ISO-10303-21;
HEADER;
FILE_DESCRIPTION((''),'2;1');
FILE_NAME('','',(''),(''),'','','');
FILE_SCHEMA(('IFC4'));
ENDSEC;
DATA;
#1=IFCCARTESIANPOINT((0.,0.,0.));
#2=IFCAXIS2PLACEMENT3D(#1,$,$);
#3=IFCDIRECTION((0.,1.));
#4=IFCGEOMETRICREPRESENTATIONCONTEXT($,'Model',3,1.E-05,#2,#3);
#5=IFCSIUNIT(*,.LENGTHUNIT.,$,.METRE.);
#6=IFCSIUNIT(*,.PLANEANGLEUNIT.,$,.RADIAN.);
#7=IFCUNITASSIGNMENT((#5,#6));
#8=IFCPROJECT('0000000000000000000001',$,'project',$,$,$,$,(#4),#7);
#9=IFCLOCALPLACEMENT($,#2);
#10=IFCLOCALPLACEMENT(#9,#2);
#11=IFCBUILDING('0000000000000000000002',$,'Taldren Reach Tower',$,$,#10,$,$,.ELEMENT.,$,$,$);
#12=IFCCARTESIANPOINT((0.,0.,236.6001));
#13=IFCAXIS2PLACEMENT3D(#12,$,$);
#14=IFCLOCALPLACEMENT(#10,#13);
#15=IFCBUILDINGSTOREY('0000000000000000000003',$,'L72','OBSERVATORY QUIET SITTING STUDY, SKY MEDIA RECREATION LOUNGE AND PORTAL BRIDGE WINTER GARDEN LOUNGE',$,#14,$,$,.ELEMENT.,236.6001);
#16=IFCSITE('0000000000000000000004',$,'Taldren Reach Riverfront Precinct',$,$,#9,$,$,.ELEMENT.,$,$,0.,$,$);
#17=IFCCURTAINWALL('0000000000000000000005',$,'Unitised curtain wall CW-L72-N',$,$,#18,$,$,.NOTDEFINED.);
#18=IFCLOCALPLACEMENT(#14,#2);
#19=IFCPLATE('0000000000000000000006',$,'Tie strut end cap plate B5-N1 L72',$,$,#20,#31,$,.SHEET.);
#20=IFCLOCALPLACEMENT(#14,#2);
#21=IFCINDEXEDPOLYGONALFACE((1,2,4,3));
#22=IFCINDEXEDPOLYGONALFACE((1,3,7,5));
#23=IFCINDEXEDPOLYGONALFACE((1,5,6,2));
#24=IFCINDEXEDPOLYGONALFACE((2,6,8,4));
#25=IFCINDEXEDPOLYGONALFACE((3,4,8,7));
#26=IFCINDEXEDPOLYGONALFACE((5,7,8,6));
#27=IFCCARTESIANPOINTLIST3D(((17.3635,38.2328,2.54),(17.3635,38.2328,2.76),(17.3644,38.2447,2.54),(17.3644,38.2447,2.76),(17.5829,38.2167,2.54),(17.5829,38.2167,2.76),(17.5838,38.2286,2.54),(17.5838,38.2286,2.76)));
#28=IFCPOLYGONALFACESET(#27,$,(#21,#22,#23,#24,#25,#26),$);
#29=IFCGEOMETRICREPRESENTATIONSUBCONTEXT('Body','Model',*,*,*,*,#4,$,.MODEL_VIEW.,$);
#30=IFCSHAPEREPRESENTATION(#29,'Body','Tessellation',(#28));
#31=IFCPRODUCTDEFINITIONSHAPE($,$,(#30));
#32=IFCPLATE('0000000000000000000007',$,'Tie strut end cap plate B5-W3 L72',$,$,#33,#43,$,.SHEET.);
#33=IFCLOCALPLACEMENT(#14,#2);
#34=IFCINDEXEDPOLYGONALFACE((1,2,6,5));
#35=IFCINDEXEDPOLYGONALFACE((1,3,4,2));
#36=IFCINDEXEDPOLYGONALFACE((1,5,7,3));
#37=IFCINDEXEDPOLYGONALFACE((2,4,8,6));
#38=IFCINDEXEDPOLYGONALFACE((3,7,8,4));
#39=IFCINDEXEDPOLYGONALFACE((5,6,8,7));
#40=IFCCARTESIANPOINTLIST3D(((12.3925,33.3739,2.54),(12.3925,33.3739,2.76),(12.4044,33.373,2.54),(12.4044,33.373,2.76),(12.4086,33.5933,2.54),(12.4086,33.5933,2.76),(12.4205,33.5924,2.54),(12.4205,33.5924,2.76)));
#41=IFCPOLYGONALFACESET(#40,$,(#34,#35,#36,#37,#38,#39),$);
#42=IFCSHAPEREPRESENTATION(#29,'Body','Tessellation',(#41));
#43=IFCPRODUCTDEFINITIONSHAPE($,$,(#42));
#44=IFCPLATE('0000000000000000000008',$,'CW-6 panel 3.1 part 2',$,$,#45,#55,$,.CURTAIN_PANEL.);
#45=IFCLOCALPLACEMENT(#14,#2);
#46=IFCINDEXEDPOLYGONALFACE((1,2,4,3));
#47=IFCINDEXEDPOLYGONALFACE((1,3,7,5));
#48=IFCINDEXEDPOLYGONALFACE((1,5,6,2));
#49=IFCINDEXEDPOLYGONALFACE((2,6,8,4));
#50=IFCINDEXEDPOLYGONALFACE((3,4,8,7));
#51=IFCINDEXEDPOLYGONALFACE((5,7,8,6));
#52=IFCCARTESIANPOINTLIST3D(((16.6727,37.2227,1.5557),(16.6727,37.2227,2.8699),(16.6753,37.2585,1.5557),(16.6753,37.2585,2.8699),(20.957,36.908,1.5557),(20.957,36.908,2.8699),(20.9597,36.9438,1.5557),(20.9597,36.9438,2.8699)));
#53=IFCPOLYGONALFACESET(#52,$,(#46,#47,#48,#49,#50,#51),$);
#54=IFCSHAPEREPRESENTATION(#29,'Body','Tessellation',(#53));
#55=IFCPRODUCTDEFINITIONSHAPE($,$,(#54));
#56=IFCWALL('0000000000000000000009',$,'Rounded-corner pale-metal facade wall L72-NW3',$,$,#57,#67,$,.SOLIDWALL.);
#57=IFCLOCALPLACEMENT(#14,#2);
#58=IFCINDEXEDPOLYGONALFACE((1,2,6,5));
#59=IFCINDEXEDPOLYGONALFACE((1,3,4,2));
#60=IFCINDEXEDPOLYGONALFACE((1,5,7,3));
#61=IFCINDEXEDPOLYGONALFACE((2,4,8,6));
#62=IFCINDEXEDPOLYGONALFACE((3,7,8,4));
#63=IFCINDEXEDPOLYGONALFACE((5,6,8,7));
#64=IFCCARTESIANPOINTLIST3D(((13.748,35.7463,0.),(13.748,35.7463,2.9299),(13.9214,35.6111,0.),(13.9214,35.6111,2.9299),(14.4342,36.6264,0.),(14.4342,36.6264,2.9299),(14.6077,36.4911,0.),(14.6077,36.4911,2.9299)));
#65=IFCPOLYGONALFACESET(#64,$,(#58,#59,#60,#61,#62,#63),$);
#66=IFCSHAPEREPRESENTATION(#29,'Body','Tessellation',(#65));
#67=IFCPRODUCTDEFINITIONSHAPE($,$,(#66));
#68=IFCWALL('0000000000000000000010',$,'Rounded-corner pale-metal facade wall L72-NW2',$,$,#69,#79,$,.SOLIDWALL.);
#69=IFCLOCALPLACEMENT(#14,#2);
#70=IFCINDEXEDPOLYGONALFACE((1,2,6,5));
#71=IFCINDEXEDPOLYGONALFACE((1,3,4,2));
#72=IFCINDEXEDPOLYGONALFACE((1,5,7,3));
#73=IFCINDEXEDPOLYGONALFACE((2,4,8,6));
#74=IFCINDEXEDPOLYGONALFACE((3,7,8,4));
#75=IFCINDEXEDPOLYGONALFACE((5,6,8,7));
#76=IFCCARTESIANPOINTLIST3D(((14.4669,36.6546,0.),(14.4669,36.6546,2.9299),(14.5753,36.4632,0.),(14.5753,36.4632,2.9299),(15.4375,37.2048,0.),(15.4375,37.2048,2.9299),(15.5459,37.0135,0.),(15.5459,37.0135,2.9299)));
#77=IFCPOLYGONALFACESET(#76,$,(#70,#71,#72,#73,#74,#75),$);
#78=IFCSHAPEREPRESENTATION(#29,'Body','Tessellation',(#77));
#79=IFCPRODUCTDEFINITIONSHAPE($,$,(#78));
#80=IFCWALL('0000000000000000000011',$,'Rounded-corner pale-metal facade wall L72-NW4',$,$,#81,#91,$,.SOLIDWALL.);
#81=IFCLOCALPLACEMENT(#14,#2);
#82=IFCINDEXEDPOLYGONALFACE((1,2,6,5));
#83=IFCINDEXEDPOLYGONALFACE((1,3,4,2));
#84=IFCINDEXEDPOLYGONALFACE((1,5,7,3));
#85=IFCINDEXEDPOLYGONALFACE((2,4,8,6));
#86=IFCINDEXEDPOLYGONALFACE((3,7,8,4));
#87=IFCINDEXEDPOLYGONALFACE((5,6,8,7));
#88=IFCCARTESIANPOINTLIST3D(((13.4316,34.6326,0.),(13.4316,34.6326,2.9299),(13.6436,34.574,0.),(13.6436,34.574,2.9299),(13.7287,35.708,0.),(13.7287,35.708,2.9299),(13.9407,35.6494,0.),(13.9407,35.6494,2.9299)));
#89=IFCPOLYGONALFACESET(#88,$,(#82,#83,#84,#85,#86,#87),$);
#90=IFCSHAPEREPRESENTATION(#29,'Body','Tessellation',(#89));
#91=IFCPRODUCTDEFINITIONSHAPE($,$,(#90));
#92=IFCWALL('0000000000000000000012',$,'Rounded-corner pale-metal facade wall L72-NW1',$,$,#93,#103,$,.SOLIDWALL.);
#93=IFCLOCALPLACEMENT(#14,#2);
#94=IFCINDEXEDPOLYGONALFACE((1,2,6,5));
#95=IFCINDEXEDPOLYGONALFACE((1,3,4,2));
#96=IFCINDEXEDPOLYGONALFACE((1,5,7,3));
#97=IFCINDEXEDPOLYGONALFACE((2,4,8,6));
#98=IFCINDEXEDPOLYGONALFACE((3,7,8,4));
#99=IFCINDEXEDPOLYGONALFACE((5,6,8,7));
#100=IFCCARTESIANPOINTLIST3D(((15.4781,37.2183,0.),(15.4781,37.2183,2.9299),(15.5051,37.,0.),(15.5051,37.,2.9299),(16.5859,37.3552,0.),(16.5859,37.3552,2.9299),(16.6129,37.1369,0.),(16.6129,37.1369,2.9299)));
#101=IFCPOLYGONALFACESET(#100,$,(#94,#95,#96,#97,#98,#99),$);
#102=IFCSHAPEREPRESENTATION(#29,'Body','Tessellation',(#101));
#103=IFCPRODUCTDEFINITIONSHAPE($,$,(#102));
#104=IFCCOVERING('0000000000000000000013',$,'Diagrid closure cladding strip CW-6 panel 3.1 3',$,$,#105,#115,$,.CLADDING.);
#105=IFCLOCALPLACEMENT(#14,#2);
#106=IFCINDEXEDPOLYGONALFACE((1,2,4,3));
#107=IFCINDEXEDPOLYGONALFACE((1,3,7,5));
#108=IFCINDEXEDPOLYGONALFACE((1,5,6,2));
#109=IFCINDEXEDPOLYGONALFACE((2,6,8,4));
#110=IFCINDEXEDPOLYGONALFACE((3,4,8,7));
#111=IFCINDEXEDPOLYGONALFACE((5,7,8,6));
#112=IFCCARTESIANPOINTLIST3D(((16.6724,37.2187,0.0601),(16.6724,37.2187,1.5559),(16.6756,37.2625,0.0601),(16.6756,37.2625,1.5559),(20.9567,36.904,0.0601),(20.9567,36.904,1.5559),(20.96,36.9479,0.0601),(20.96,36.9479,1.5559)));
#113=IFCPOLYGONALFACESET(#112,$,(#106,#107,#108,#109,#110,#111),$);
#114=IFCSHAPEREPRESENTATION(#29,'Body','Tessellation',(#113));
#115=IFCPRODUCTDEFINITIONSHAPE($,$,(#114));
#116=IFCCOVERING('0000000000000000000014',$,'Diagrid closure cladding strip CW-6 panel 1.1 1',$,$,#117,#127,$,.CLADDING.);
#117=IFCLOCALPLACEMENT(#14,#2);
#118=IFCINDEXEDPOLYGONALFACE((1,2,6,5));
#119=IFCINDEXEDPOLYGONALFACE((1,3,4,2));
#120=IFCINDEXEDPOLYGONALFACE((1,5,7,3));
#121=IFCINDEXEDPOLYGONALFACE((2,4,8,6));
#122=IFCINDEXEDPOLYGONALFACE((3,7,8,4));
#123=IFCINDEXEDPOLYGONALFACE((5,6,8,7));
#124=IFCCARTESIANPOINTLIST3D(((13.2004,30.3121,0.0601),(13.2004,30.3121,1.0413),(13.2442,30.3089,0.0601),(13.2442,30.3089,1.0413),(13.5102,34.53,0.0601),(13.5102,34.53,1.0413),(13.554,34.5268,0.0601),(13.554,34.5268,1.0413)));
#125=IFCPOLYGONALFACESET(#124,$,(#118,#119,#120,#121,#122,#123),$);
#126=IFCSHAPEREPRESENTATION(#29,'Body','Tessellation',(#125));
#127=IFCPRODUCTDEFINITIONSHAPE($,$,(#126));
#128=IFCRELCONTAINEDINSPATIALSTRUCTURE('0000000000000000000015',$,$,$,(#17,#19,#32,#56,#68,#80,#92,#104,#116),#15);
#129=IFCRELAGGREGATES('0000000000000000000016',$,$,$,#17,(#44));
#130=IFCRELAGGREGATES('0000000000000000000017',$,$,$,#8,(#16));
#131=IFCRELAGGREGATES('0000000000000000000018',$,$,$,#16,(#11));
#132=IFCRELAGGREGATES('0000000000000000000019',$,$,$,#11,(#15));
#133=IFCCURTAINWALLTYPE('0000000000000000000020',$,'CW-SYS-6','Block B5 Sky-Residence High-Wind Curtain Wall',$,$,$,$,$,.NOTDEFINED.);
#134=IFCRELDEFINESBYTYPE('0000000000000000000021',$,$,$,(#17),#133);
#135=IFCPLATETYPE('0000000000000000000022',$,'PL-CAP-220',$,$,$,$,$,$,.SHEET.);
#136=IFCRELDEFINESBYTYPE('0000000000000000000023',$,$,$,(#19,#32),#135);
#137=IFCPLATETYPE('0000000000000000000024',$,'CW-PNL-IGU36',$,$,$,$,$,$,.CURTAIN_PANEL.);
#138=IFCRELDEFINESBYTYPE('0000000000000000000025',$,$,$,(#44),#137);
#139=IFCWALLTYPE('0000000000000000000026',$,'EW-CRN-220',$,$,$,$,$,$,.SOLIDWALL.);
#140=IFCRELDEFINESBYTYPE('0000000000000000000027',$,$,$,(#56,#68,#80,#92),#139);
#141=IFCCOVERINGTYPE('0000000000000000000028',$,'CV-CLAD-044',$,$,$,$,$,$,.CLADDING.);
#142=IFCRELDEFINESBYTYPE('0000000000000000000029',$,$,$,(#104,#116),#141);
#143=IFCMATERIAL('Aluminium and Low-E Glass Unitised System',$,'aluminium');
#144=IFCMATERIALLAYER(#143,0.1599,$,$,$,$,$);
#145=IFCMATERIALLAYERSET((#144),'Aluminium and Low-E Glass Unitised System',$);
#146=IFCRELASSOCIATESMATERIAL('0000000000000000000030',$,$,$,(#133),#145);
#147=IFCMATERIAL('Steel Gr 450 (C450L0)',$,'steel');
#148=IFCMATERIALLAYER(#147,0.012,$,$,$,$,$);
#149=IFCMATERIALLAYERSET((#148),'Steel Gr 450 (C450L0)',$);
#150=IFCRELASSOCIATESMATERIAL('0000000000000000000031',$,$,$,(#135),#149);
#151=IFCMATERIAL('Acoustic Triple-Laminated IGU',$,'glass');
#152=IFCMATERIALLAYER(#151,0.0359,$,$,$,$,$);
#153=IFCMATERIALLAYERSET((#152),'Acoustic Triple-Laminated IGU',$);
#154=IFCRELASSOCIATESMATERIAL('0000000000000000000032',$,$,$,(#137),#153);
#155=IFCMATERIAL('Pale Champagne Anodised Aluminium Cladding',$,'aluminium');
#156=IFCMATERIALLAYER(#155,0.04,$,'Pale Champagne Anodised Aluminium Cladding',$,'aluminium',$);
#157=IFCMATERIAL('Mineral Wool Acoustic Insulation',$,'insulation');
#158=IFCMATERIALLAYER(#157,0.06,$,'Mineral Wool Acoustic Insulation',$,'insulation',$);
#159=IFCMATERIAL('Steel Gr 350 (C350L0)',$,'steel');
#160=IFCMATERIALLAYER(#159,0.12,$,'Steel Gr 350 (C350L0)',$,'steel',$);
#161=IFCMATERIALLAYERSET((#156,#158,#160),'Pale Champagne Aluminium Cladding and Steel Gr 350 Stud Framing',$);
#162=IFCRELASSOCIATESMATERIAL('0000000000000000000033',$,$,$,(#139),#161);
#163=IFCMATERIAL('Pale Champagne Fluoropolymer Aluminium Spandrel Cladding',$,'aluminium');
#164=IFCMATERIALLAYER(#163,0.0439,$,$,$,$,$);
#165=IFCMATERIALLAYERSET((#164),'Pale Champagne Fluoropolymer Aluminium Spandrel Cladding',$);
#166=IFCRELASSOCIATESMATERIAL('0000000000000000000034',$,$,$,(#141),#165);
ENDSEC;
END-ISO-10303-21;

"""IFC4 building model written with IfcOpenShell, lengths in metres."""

from ifc_helpers import new_model, si_unit, direction, frame, frame_2d, origin, origin_2d, place, context, subcontext, project, spatial, rectangle, extrude, source, transform, mapped, material, layer, layer_set, type_object, element, aggregate, save


model = new_model("IFC4")

# Units and contexts
model_context = context("Model", 3, precision=1e-05, world=origin(), true_north=direction((0.0, 1.0)))
body_context = subcontext(model_context, "Body", "Model", "MODEL_VIEW")
ifc_project = project(units=[si_unit("LENGTHUNIT", "METRE"), si_unit("PLANEANGLEUNIT", "RADIAN")], contexts=[model_context])

# Site, building, storey
site_placement = place(None, origin())
site = spatial("IfcSite", under=ifc_project, at=site_placement, Name="Taldren Reach Riverfront Precinct", CompositionType="ELEMENT", RefElevation=0.0)
building_placement = place(site_placement, origin())
building = spatial("IfcBuilding", under=site, at=building_placement, Name="Taldren Reach Tower", CompositionType="ELEMENT")
storey_placement = place(building_placement, frame((0.0, 0.0, 236.6001)))
storey = spatial("IfcBuildingStorey", under=building, at=storey_placement, Name="L72", Description="OBSERVATORY QUIET SITTING STUDY, SKY MEDIA RECREATION LOUNGE AND PORTAL BRIDGE WINTER GARDEN LOUNGE", CompositionType="ELEMENT", Elevation=236.6001)

# Shared definitions
ifc_material_1 = material(Name="Steel Gr 350 (C350L0)", Category="steel")

# Shared definitions
ifc_material_2 = material(Name="Steel Gr 450 (C450L0)", Category="steel")

# Shared definitions
ifc_material_3 = material(Name="Aluminium and Low-E Glass Unitised System", Category="aluminium")
ifc_layer_1 = layer(ifc_material_3, 0.1599)
ifc_layer_set_1 = layer_set([ifc_layer_1], Name="Aluminium and Low-E Glass Unitised System")
curtain_wall_type = type_object("IfcCurtainWallType", Name="CW-SYS-6", Description="Block B5 Sky-Residence High-Wind Curtain Wall", PredefinedType="NOTDEFINED", material=ifc_layer_set_1)

# Curtain wall
curtain_wall_1_placement = place(storey_placement, origin())
curtain_wall_1 = element("IfcCurtainWall", 1, at=curtain_wall_1_placement, inside=storey, type_object=curtain_wall_type, Name="Unitised curtain wall CW-L72-N", PredefinedType="NOTDEFINED")

# Plates
ifc_layer_2 = layer(ifc_material_2, 0.012)
ifc_layer_set_2 = layer_set([ifc_layer_2], Name="Steel Gr 450 (C450L0)")
plate_type_1 = type_object("IfcPlateType", Name="PL-CAP-220", PredefinedType="SHEET", material=ifc_layer_set_2)
shared_shape_1 = source(origin(), body_context, "Body", "SweptSolid", [
    extrude(rectangle(XDim=0.22, YDim=0.012, at=origin_2d()), origin(), (0.0, 0.0, 1.0), 0.22),
])
plate_1_placement = place(storey_placement, frame((17.4736, 38.2307, 2.54), z_axis=(0.0, 0.0, 1.0), x_axis=(0.997314, -0.073238, 0.0)))
element("IfcPlate", 2, at=plate_1_placement, inside=storey, type_object=plate_type_1, Name="Tie strut end cap plate B5-N1 L72", PredefinedType="SHEET", context=body_context, shape_type="MappedRepresentation", body=[
    mapped(shared_shape_1, transform((0.0, 0.0, 0.0), scale=1.0)),
])
shared_shape_2 = source(origin(), body_context, "Body", "SweptSolid", [
    extrude(rectangle(XDim=0.012, YDim=0.22, at=origin_2d()), origin(), (0.0, 0.0, 1.0), 0.22),
])
plate_2_placement = place(storey_placement, frame((12.4065, 33.4832, 2.54), z_axis=(0.0, 0.0, 1.0), x_axis=(0.997314, -0.073238, 0.0)))
element("IfcPlate", 3, at=plate_2_placement, inside=storey, type_object=plate_type_1, Name="Tie strut end cap plate B5-W3 L72", PredefinedType="SHEET", context=body_context, shape_type="MappedRepresentation", body=[
    mapped(shared_shape_2, transform((0.0, 0.0, 0.0), scale=1.0)),
])

# Plate
ifc_material_4 = material(Name="Acoustic Triple-Laminated IGU", Category="glass")
ifc_layer_3 = layer(ifc_material_4, 0.0359)
ifc_layer_set_3 = layer_set([ifc_layer_3], Name="Acoustic Triple-Laminated IGU")
plate_type_2 = type_object("IfcPlateType", Name="CW-PNL-IGU36", PredefinedType="CURTAIN_PANEL", material=ifc_layer_set_3)
shared_shape_3 = source(origin(), body_context, "Body", "SweptSolid", [
    extrude(rectangle(XDim=4.2959, YDim=0.0359, at=origin_2d()), origin(), (0.0, 0.0, 1.0), 1.3142),
])
plate_3_placement = place(storey_placement, frame((18.8162, 37.0833, 1.5557), z_axis=(0.0, 0.0, 1.0), x_axis=(-0.997314, 0.073238, 0.0)))
plate_3 = element("IfcPlate", 4, at=plate_3_placement, type_object=plate_type_2, Name="CW-6 panel 3.1 part 2", PredefinedType="CURTAIN_PANEL", context=body_context, shape_type="MappedRepresentation", body=[
    mapped(shared_shape_3, transform((0.0, 0.0, 0.0), scale=1.0)),
])
aggregate(curtain_wall_1, [plate_3])

# Walls
ifc_material_5 = material(Name="Pale Champagne Anodised Aluminium Cladding", Category="aluminium")
ifc_layer_4 = layer(ifc_material_5, 0.04, Name="Pale Champagne Anodised Aluminium Cladding", Category="aluminium")
ifc_material_6 = material(Name="Mineral Wool Acoustic Insulation", Category="insulation")
ifc_layer_5 = layer(ifc_material_6, 0.06, Name="Mineral Wool Acoustic Insulation", Category="insulation")
ifc_layer_6 = layer(ifc_material_1, 0.12, Name="Steel Gr 350 (C350L0)", Category="steel")
ifc_layer_set_4 = layer_set([ifc_layer_4, ifc_layer_5, ifc_layer_6], Name="Pale Champagne Aluminium Cladding and Steel Gr 350 Stud Framing")
wall_type = type_object("IfcWallType", Name="EW-CRN-220", PredefinedType="SOLIDWALL", material=ifc_layer_set_4)
shared_shape_4 = source(origin(), body_context, "Body", "SweptSolid", [
    extrude(rectangle(XDim=1.116, YDim=0.22, at=frame_2d((0.5581, 0.0))), origin(), (0.0, 0.0, 1.0), 2.9299),
])
wall_1_placement = place(storey_placement, frame((14.521, 36.5588, 0.0), z_axis=(0.0, 0.0, 1.0), x_axis=(-0.614909, -0.788598, 0.0)))
element("IfcWall", 5, at=wall_1_placement, inside=storey, type_object=wall_type, Name="Rounded-corner pale-metal facade wall L72-NW3", PredefinedType="SOLIDWALL", context=body_context, shape_type="MappedRepresentation", body=[
    mapped(shared_shape_4, transform((0.0, 0.0, 0.0), scale=1.0)),
])
shared_shape_5 = source(origin(), body_context, "Body", "SweptSolid", [
    extrude(rectangle(XDim=1.1157, YDim=0.22, at=frame_2d((0.5579, 0.0))), origin(), (0.0, 0.0, 1.0), 2.9299),
])
for number, where, z_axis, x_axis, name in (
    (6, (15.4917, 37.1091, 0.0), (0.0, 0.0, 1.0), (-0.869935, -0.493167, 0.0), "Rounded-corner pale-metal facade wall L72-NW2"),
    (7, (13.8347, 35.6787, 0.0), (0.0, 0.0, 1.0), (-0.266301, -0.96389, 0.0), "Rounded-corner pale-metal facade wall L72-NW4"),
):
    element("IfcWall", number, at=place(storey_placement, frame(where, z_axis=z_axis, x_axis=x_axis)), inside=storey, type_object=wall_type, Name=name, PredefinedType="SOLIDWALL", context=body_context, shape_type="MappedRepresentation", body=[
        mapped(shared_shape_5, transform((0.0, 0.0, 0.0), scale=1.0)),
    ])
shared_shape_6 = source(origin(), body_context, "Body", "SweptSolid", [
    extrude(rectangle(XDim=1.1162, YDim=0.22, at=frame_2d((0.5581, 0.0))), origin(), (0.0, 0.0, 1.0), 2.9299),
])
wall_2_placement = place(storey_placement, frame((16.5994, 37.2461, 0.0), z_axis=(0.0, 0.0, 1.0), x_axis=(-0.992442, -0.122715, 0.0)))
element("IfcWall", 8, at=wall_2_placement, inside=storey, type_object=wall_type, Name="Rounded-corner pale-metal facade wall L72-NW1", PredefinedType="SOLIDWALL", context=body_context, shape_type="MappedRepresentation", body=[
    mapped(shared_shape_6, transform((0.0, 0.0, 0.0), scale=1.0)),
])

# Coverings
ifc_material_7 = material(Name="Pale Champagne Fluoropolymer Aluminium Spandrel Cladding", Category="aluminium")
ifc_layer_7 = layer(ifc_material_7, 0.0439)
ifc_layer_set_5 = layer_set([ifc_layer_7], Name="Pale Champagne Fluoropolymer Aluminium Spandrel Cladding")
covering_type = type_object("IfcCoveringType", Name="CV-CLAD-044", PredefinedType="CLADDING", material=ifc_layer_set_5)
shared_shape_7 = source(origin(), body_context, "Body", "SweptSolid", [
    extrude(rectangle(XDim=4.2959, YDim=0.0439, at=origin_2d()), origin(), (0.0, 0.0, 1.0), 1.4958),
])
covering_1_placement = place(storey_placement, frame((18.8162, 37.0833, 0.0601), z_axis=(0.0, 0.0, 1.0), x_axis=(-0.997314, 0.073238, 0.0)))
element("IfcCovering", 9, at=covering_1_placement, inside=storey, type_object=covering_type, Name="Diagrid closure cladding strip CW-6 panel 3.1 3", PredefinedType="CLADDING", context=body_context, shape_type="MappedRepresentation", body=[
    mapped(shared_shape_7, transform((0.0, 0.0, 0.0), scale=1.0)),
])
shared_shape_8 = source(origin(), body_context, "Body", "SweptSolid", [
    extrude(rectangle(XDim=4.2292, YDim=0.0439, at=origin_2d()), origin(), (0.0, 0.0, 1.0), 0.9812),
])
covering_2_placement = place(storey_placement, frame((13.3772, 32.4194, 0.0601), z_axis=(0.0, 0.0, 1.0), x_axis=(-0.073238, -0.997314, 0.0)))
element("IfcCovering", 10, at=covering_2_placement, inside=storey, type_object=covering_type, Name="Diagrid closure cladding strip CW-6 panel 1.1 1", PredefinedType="CLADDING", context=body_context, shape_type="MappedRepresentation", body=[
    mapped(shared_shape_8, transform((0.0, 0.0, 0.0), scale=1.0)),
])

save(model, "model.ifc")
